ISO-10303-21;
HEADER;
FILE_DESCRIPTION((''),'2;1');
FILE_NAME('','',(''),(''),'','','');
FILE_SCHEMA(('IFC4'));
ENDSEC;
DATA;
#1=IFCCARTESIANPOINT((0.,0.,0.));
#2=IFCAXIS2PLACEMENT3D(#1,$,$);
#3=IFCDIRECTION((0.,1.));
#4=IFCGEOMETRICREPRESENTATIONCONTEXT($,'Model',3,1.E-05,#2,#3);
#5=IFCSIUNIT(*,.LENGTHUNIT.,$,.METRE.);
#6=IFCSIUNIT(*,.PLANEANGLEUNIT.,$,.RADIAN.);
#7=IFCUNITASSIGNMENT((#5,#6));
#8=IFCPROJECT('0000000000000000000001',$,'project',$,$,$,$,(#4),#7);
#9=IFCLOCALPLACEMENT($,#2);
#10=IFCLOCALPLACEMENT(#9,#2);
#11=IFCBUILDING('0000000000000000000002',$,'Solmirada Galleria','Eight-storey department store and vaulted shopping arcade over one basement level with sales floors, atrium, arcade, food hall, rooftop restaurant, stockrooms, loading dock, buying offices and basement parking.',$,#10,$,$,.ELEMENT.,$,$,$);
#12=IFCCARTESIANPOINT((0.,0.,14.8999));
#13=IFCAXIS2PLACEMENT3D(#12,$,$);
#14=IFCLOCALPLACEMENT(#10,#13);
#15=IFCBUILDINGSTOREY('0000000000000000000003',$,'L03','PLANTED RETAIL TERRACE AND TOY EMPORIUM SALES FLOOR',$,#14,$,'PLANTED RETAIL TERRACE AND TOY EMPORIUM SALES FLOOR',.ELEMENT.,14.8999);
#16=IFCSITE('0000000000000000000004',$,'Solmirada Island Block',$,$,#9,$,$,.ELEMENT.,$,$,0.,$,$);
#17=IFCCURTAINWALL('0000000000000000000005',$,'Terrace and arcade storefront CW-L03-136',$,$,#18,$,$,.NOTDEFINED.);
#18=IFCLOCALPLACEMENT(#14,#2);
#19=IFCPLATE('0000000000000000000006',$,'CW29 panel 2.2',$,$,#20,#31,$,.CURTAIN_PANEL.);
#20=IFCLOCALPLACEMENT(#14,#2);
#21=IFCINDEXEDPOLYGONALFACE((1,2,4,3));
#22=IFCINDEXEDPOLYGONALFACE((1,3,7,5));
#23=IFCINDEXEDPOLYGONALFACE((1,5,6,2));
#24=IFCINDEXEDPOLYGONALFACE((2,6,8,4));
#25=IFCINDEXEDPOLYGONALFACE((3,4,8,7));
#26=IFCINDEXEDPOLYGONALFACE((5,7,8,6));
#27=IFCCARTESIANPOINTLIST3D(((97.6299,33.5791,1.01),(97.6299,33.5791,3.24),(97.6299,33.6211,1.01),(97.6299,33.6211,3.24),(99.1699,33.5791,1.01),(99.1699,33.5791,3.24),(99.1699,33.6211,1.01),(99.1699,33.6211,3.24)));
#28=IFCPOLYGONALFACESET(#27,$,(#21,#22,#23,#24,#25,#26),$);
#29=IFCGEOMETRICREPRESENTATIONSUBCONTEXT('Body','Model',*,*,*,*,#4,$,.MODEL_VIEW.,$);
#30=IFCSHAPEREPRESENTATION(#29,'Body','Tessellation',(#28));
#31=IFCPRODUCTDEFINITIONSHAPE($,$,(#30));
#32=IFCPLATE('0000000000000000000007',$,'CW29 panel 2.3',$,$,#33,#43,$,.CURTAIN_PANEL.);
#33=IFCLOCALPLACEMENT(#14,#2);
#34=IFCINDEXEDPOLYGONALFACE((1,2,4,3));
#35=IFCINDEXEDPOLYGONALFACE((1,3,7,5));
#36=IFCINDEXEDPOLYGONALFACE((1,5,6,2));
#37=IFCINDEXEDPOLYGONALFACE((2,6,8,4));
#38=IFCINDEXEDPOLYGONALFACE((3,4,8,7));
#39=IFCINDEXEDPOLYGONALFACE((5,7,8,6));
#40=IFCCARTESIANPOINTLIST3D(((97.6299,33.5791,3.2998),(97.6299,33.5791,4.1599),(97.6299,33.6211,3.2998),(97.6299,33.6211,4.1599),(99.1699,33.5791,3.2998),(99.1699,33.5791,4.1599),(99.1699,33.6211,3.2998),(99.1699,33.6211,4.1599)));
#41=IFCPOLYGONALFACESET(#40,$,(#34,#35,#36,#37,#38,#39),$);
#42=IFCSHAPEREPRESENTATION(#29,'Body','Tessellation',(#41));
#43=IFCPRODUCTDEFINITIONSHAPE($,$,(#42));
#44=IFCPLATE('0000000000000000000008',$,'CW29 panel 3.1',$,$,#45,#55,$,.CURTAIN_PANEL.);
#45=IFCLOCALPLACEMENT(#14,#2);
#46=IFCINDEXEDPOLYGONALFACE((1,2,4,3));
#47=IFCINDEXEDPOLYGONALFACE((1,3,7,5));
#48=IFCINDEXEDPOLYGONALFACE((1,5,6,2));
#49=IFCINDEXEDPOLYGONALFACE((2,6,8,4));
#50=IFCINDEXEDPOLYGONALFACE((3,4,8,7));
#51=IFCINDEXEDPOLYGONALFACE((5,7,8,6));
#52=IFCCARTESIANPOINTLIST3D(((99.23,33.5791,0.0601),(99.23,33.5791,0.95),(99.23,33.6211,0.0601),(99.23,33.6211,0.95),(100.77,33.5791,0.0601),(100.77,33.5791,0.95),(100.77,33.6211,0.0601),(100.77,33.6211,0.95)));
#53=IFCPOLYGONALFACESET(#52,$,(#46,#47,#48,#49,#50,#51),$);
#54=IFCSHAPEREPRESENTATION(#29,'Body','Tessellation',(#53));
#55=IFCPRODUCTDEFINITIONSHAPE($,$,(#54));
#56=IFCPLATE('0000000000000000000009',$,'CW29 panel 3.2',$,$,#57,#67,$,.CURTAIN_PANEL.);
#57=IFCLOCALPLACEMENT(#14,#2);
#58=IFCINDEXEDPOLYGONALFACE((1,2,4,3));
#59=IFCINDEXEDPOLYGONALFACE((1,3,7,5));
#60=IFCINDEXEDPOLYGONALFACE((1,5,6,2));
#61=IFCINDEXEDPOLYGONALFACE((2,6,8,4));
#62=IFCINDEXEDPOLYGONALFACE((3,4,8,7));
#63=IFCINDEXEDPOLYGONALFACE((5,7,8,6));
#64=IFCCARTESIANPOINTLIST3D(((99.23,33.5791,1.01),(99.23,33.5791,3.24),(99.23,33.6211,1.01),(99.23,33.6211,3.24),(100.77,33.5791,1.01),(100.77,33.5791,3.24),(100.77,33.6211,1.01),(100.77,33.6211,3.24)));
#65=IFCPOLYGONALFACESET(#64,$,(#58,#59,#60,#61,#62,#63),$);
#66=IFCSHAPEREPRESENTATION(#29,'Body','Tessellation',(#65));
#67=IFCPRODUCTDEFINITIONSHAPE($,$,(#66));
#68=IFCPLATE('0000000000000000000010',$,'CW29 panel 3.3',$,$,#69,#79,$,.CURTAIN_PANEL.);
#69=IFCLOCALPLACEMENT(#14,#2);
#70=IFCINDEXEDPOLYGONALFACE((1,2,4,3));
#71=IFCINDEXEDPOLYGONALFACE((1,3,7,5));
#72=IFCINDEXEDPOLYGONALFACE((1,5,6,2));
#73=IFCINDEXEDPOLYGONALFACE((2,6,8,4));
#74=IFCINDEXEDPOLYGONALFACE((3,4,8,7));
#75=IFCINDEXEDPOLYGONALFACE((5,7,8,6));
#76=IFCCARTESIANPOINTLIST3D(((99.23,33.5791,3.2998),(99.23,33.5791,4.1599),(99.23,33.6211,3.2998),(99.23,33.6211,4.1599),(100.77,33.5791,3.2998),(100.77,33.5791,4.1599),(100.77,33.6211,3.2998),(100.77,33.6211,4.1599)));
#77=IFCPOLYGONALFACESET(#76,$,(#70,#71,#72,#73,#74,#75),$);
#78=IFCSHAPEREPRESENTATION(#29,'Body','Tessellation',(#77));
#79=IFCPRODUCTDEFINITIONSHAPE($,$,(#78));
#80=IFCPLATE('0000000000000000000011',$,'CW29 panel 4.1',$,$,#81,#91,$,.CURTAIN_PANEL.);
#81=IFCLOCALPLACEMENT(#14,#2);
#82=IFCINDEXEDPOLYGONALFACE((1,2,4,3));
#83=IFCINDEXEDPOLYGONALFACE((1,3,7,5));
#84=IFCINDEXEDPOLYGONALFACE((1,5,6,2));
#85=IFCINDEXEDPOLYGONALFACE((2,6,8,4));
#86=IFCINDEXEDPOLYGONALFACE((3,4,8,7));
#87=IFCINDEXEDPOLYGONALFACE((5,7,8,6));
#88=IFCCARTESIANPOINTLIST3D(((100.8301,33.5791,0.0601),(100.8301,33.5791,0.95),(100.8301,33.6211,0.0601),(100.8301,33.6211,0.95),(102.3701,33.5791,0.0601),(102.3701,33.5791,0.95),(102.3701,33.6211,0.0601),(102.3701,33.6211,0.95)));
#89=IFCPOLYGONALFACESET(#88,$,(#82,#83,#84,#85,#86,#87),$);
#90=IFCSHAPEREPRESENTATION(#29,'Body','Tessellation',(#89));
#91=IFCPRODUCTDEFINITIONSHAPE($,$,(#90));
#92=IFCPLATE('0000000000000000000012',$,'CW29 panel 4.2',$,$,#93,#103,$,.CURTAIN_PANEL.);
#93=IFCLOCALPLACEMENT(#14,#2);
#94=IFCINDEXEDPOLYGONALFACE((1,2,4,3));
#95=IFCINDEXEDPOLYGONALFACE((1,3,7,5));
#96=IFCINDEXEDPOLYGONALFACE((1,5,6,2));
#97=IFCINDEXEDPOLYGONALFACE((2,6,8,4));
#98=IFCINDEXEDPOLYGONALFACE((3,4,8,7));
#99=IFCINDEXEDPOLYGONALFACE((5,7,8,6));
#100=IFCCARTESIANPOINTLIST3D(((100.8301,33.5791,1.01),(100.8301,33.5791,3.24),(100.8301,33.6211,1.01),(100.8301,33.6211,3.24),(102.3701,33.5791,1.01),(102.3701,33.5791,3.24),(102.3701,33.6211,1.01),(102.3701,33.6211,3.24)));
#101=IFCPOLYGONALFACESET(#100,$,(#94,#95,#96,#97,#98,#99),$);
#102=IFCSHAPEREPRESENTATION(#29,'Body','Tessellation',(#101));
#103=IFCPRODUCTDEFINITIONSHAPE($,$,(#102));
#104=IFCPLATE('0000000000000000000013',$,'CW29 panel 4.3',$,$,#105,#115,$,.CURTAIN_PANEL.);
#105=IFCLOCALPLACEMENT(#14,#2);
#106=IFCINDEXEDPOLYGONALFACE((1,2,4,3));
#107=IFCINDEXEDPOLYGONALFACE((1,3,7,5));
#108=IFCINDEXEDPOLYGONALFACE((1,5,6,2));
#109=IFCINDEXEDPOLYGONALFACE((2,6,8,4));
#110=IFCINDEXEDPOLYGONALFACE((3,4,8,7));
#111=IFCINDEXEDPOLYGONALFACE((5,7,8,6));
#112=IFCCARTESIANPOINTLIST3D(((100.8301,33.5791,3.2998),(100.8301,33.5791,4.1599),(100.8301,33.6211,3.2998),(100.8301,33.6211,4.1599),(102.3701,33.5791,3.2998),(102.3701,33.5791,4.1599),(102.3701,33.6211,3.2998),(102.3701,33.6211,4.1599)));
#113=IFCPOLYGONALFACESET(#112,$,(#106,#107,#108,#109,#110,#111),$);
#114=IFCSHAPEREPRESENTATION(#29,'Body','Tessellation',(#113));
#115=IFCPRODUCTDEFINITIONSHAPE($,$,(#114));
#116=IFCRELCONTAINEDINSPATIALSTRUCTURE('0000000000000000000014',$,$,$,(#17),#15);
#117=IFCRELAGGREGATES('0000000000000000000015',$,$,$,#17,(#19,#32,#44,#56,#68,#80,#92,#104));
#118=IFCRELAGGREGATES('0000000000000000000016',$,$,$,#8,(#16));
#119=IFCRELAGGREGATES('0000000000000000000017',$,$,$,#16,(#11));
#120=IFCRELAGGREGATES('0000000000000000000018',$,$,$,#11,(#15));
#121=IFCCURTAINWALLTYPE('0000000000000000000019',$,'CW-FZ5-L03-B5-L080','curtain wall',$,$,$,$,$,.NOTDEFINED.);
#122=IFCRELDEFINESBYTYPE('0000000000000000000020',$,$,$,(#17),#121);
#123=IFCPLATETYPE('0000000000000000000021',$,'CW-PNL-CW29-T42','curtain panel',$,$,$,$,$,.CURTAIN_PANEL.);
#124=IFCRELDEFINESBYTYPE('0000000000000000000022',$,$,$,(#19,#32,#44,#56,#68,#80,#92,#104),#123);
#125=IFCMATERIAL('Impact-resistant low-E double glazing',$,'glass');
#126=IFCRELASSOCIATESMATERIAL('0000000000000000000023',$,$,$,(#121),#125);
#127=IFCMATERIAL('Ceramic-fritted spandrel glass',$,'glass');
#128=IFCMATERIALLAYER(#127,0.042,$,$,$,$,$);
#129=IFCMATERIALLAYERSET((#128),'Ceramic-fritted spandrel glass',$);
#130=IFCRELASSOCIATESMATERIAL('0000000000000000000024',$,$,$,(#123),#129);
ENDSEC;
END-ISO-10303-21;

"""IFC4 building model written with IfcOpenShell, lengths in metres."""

from ifc_helpers import new_model, si_unit, direction, frame, origin, origin_2d, place, context, subcontext, project, spatial, rectangle, extrude, material, layer, layer_set, type_object, element, aggregate, save


model = new_model("IFC4")

# Units and contexts
model_context = context("Model", 3, precision=1e-05, world=origin(), true_north=direction((0.0, 1.0)))
body_context = subcontext(model_context, "Body", "Model", "MODEL_VIEW")
ifc_project = project(units=[si_unit("LENGTHUNIT", "METRE"), si_unit("PLANEANGLEUNIT", "RADIAN")], contexts=[model_context])

# Site, building, storey
site_placement = place(None, origin())
site = spatial("IfcSite", under=ifc_project, at=site_placement, Name="Solmirada Island Block", CompositionType="ELEMENT", RefElevation=0.0)
building_placement = place(site_placement, origin())
building = spatial("IfcBuilding", under=site, at=building_placement, Name="Solmirada Galleria", Description="Eight-storey department store and vaulted shopping arcade over one basement level with sales floors, atrium, arcade, food hall, rooftop restaurant, stockrooms, loading dock, buying offices and basement parking.", CompositionType="ELEMENT")
storey_placement = place(building_placement, frame((0.0, 0.0, 14.8999)))
storey = spatial("IfcBuildingStorey", under=building, at=storey_placement, Name="L03", Description="PLANTED RETAIL TERRACE AND TOY EMPORIUM SALES FLOOR", LongName="PLANTED RETAIL TERRACE AND TOY EMPORIUM SALES FLOOR", CompositionType="ELEMENT", Elevation=14.8999)

# Curtain wall, plates
ifc_material_1 = material(Name="Impact-resistant low-E double glazing", Category="glass")
curtain_wall_type = type_object("IfcCurtainWallType", Name="CW-FZ5-L03-B5-L080", Description="curtain wall", PredefinedType="NOTDEFINED", material=ifc_material_1)
curtain_wall_placement = place(storey_placement, origin())
curtain_wall = element("IfcCurtainWall", 1, at=curtain_wall_placement, inside=storey, type_object=curtain_wall_type, Name="Terrace and arcade storefront CW-L03-136", PredefinedType="NOTDEFINED")
ifc_material_2 = material(Name="Ceramic-fritted spandrel glass", Category="glass")
ifc_layer = layer(ifc_material_2, 0.042)
ifc_layer_set = layer_set([ifc_layer], Name="Ceramic-fritted spandrel glass")
plate_type = type_object("IfcPlateType", Name="CW-PNL-CW29-T42", Description="curtain panel", PredefinedType="CURTAIN_PANEL", material=ifc_layer_set)
plate_1_placement = place(storey_placement, frame((98.3999, 33.6001, 1.01), z_axis=(0.0, 0.0, 1.0), x_axis=(1.0, 0.0, 0.0)))
plate_1 = element("IfcPlate", 2, at=plate_1_placement, type_object=plate_type, Name="CW29 panel 2.2", PredefinedType="CURTAIN_PANEL", context=body_context, shape_type="SweptSolid", body=[
    extrude(rectangle(XDim=1.54, YDim=0.042, at=origin_2d()), origin(), (0.0, 0.0, 1.0), 2.23),
])
plate_2_placement = place(storey_placement, frame((98.3999, 33.6001, 3.2998), z_axis=(0.0, 0.0, 1.0), x_axis=(1.0, 0.0, 0.0)))
plate_2 = element("IfcPlate", 3, at=plate_2_placement, type_object=plate_type, Name="CW29 panel 2.3", PredefinedType="CURTAIN_PANEL", context=body_context, shape_type="SweptSolid", body=[
    extrude(rectangle(XDim=1.54, YDim=0.042, at=origin_2d()), origin(), (0.0, 0.0, 1.0), 0.8601),
])
plate_3_placement = place(storey_placement, frame((100.0, 33.6001, 0.0601), z_axis=(0.0, 0.0, 1.0), x_axis=(1.0, 0.0, 0.0)))
plate_3 = element("IfcPlate", 4, at=plate_3_placement, type_object=plate_type, Name="CW29 panel 3.1", PredefinedType="CURTAIN_PANEL", context=body_context, shape_type="SweptSolid", body=[
    extrude(rectangle(XDim=1.54, YDim=0.042, at=origin_2d()), origin(), (0.0, 0.0, 1.0), 0.8899),
])
plate_4_placement = place(storey_placement, frame((100.0, 33.6001, 1.01), z_axis=(0.0, 0.0, 1.0), x_axis=(1.0, 0.0, 0.0)))
plate_4 = element("IfcPlate", 5, at=plate_4_placement, type_object=plate_type, Name="CW29 panel 3.2", PredefinedType="CURTAIN_PANEL", context=body_context, shape_type="SweptSolid", body=[
    extrude(rectangle(XDim=1.54, YDim=0.042, at=origin_2d()), origin(), (0.0, 0.0, 1.0), 2.23),
])
plate_5_placement = place(storey_placement, frame((100.0, 33.6001, 3.2998), z_axis=(0.0, 0.0, 1.0), x_axis=(1.0, 0.0, 0.0)))
plate_5 = element("IfcPlate", 6, at=plate_5_placement, type_object=plate_type, Name="CW29 panel 3.3", PredefinedType="CURTAIN_PANEL", context=body_context, shape_type="SweptSolid", body=[
    extrude(rectangle(XDim=1.54, YDim=0.042, at=origin_2d()), origin(), (0.0, 0.0, 1.0), 0.8601),
])
plate_6_placement = place(storey_placement, frame((101.6001, 33.6001, 0.0601), z_axis=(0.0, 0.0, 1.0), x_axis=(1.0, 0.0, 0.0)))
plate_6 = element("IfcPlate", 7, at=plate_6_placement, type_object=plate_type, Name="CW29 panel 4.1", PredefinedType="CURTAIN_PANEL", context=body_context, shape_type="SweptSolid", body=[
    extrude(rectangle(XDim=1.54, YDim=0.042, at=origin_2d()), origin(), (0.0, 0.0, 1.0), 0.8899),
])
plate_7_placement = place(storey_placement, frame((101.6001, 33.6001, 1.01), z_axis=(0.0, 0.0, 1.0), x_axis=(1.0, 0.0, 0.0)))
plate_7 = element("IfcPlate", 8, at=plate_7_placement, type_object=plate_type, Name="CW29 panel 4.2", PredefinedType="CURTAIN_PANEL", context=body_context, shape_type="SweptSolid", body=[
    extrude(rectangle(XDim=1.54, YDim=0.042, at=origin_2d()), origin(), (0.0, 0.0, 1.0), 2.23),
])
plate_8_placement = place(storey_placement, frame((101.6001, 33.6001, 3.2998), z_axis=(0.0, 0.0, 1.0), x_axis=(1.0, 0.0, 0.0)))
plate_8 = element("IfcPlate", 9, at=plate_8_placement, type_object=plate_type, Name="CW29 panel 4.3", PredefinedType="CURTAIN_PANEL", context=body_context, shape_type="SweptSolid", body=[
    extrude(rectangle(XDim=1.54, YDim=0.042, at=origin_2d()), origin(), (0.0, 0.0, 1.0), 0.8601),
])
aggregate(curtain_wall, [plate_1, plate_2, plate_3, plate_4, plate_5, plate_6, plate_7, plate_8])

save(model, "model.ifc")
